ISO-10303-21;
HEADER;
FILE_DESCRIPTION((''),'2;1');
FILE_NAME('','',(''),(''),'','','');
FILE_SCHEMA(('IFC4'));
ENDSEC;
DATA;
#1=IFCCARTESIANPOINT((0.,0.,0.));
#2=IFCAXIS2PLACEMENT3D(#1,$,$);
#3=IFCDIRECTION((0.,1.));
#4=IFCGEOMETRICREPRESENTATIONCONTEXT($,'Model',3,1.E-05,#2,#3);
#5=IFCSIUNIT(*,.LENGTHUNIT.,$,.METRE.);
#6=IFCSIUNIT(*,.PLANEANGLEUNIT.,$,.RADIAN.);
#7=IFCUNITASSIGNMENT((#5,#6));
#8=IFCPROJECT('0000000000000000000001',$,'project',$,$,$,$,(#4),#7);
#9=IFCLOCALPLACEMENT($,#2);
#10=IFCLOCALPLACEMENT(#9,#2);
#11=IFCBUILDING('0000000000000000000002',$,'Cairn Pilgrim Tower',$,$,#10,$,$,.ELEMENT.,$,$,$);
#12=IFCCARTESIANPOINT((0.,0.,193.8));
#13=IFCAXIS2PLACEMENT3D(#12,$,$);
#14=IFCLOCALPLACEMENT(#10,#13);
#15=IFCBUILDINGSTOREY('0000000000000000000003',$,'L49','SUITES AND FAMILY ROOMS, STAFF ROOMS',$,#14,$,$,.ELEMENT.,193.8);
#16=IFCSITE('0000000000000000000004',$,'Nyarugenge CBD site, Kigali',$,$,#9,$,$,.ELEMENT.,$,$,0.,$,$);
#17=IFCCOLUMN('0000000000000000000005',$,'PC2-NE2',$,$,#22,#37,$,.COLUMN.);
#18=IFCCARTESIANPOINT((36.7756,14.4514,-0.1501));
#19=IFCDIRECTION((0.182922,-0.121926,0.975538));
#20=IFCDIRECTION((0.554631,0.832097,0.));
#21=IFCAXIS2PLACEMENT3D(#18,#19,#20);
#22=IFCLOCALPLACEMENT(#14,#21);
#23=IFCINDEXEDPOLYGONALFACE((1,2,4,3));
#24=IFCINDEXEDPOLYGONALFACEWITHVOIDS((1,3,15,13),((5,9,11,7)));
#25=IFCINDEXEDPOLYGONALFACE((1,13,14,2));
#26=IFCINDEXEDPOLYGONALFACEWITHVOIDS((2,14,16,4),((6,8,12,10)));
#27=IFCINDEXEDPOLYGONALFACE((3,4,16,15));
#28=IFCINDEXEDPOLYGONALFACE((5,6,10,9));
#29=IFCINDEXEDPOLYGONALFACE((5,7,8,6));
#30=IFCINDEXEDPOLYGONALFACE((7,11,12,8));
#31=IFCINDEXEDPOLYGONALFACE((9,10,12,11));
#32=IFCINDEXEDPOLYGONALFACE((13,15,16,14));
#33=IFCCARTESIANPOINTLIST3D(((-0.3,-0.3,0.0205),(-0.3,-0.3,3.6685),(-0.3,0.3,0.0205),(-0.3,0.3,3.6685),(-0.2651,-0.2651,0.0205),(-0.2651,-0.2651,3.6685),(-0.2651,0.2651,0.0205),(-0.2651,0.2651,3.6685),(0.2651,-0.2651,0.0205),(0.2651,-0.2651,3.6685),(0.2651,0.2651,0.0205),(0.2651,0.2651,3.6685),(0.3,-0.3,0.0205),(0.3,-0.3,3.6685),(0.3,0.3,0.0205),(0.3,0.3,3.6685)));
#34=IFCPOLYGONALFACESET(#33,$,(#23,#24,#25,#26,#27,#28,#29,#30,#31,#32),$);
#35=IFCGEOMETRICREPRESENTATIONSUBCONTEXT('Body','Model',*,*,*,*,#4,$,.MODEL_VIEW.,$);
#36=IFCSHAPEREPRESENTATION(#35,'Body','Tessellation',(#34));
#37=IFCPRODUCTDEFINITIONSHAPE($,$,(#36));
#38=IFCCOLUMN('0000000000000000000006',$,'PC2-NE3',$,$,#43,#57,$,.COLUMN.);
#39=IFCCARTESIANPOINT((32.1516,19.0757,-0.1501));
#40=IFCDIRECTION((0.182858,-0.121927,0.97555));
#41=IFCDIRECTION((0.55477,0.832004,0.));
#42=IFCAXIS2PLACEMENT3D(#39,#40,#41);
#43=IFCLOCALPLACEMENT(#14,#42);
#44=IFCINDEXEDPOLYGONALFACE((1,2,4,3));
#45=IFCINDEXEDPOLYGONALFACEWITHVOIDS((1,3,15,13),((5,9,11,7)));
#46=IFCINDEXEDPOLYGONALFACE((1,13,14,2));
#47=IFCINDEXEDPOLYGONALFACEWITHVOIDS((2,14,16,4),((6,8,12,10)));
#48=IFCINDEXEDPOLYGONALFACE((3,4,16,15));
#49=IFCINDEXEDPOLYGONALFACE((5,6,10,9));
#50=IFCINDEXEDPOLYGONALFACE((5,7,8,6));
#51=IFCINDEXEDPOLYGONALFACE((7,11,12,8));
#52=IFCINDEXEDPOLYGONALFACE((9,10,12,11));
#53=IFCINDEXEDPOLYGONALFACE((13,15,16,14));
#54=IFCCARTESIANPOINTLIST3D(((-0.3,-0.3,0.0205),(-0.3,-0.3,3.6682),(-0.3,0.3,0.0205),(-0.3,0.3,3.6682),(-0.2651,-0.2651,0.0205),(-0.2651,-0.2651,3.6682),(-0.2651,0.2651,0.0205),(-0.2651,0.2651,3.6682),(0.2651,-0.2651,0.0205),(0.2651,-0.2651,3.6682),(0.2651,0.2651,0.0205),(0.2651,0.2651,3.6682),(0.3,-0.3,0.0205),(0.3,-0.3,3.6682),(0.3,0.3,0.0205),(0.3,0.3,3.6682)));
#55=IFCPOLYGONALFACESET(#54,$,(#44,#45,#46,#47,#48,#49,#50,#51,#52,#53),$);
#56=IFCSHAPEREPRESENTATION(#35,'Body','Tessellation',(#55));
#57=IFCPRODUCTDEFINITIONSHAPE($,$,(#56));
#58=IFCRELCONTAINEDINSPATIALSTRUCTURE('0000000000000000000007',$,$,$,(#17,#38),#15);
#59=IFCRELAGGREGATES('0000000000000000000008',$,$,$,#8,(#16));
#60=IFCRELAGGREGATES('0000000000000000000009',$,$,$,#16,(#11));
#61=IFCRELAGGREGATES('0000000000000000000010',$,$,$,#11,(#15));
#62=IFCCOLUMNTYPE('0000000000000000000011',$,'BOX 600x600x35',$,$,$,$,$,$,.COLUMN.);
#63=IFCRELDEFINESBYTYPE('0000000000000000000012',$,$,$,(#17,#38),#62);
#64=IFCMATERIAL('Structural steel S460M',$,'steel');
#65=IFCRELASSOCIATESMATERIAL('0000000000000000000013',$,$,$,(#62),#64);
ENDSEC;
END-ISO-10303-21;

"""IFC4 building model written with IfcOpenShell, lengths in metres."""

from ifc_helpers import new_model, si_unit, direction, frame, origin, origin_2d, place, context, subcontext, project, spatial, hollow_rectangle, extrude, clip, halfspace, material, material_profile, profile_set, type_object, element, save


model = new_model("IFC4")

# Units and contexts
model_context = context("Model", 3, precision=1e-05, world=origin(), true_north=direction((0.0, 1.0)))
body_context = subcontext(model_context, "Body", "Model", "MODEL_VIEW")
ifc_project = project(units=[si_unit("LENGTHUNIT", "METRE"), si_unit("PLANEANGLEUNIT", "RADIAN")], contexts=[model_context])

# Site, building, storey
site_placement = place(None, origin())
site = spatial("IfcSite", under=ifc_project, at=site_placement, Name="Nyarugenge CBD site, Kigali", CompositionType="ELEMENT", RefElevation=0.0)
building_placement = place(site_placement, origin())
building = spatial("IfcBuilding", under=site, at=building_placement, Name="Cairn Pilgrim Tower", CompositionType="ELEMENT")
storey_placement = place(building_placement, frame((0.0, 0.0, 193.8)))
storey = spatial("IfcBuildingStorey", under=building, at=storey_placement, Name="L49", Description="SUITES AND FAMILY ROOMS, STAFF ROOMS", CompositionType="ELEMENT", Elevation=193.8)

# Columns
ifc_material_1 = material(Name="Structural steel S460M", Category="steel")
ifc_material_profile_1 = material_profile(ifc_material_1, hollow_rectangle(XDim=0.6001, YDim=0.6001, WallThickness=0.0349, at=origin_2d()), Name="BOX 600x600x35")
ifc_profile_set_1 = profile_set([ifc_material_profile_1], Name="Structural steel S460M")
column_type = type_object("IfcColumnType", Name="BOX 600x600x35", PredefinedType="COLUMN", material=ifc_profile_set_1)
column_1_placement = place(storey_placement, frame((36.7756, 14.4514, -0.1501), z_axis=(0.182922, -0.121926, 0.975538), x_axis=(0.554631, 0.832097, 0.0)))
element("IfcColumn", 1, at=column_1_placement, inside=storey, type_object=column_type, Name="PC2-NE2", PredefinedType="COLUMN", context=body_context, shape_type="Clipping", body=[
    clip(clip(extrude(hollow_rectangle(XDim=0.6001, YDim=0.6001, WallThickness=0.0349, at=origin_2d()), origin(), (0.0, 0.0, 1.0), 3.6904), halfspace(frame((0.0, 0.0, 0.0205), z_axis=(0.0, 0.0, 1.0), x_axis=(1.0, 0.0, 0.0)), True)), halfspace(frame((0.0, 0.0, 3.6685), z_axis=(0.0, 0.0, 1.0), x_axis=(1.0, 0.0, 0.0)), False)),
])
column_2_placement = place(storey_placement, frame((32.1516, 19.0757, -0.1501), z_axis=(0.182858, -0.121927, 0.97555), x_axis=(0.55477, 0.832004, 0.0)))
element("IfcColumn", 2, at=column_2_placement, inside=storey, type_object=column_type, Name="PC2-NE3", PredefinedType="COLUMN", context=body_context, shape_type="Clipping", body=[
    clip(clip(extrude(hollow_rectangle(XDim=0.6001, YDim=0.6001, WallThickness=0.0349, at=origin_2d()), origin(), (0.0, 0.0, 1.0), 3.6904), halfspace(frame((0.0, 0.0, 0.0205), z_axis=(0.0, 0.0, 1.0), x_axis=(1.0, 0.0, 0.0)), True)), halfspace(frame((0.0, 0.0, 3.6682), z_axis=(0.0, 0.0, 1.0), x_axis=(1.0, 0.0, 0.0)), False)),
])

save(model, "model.ifc")
